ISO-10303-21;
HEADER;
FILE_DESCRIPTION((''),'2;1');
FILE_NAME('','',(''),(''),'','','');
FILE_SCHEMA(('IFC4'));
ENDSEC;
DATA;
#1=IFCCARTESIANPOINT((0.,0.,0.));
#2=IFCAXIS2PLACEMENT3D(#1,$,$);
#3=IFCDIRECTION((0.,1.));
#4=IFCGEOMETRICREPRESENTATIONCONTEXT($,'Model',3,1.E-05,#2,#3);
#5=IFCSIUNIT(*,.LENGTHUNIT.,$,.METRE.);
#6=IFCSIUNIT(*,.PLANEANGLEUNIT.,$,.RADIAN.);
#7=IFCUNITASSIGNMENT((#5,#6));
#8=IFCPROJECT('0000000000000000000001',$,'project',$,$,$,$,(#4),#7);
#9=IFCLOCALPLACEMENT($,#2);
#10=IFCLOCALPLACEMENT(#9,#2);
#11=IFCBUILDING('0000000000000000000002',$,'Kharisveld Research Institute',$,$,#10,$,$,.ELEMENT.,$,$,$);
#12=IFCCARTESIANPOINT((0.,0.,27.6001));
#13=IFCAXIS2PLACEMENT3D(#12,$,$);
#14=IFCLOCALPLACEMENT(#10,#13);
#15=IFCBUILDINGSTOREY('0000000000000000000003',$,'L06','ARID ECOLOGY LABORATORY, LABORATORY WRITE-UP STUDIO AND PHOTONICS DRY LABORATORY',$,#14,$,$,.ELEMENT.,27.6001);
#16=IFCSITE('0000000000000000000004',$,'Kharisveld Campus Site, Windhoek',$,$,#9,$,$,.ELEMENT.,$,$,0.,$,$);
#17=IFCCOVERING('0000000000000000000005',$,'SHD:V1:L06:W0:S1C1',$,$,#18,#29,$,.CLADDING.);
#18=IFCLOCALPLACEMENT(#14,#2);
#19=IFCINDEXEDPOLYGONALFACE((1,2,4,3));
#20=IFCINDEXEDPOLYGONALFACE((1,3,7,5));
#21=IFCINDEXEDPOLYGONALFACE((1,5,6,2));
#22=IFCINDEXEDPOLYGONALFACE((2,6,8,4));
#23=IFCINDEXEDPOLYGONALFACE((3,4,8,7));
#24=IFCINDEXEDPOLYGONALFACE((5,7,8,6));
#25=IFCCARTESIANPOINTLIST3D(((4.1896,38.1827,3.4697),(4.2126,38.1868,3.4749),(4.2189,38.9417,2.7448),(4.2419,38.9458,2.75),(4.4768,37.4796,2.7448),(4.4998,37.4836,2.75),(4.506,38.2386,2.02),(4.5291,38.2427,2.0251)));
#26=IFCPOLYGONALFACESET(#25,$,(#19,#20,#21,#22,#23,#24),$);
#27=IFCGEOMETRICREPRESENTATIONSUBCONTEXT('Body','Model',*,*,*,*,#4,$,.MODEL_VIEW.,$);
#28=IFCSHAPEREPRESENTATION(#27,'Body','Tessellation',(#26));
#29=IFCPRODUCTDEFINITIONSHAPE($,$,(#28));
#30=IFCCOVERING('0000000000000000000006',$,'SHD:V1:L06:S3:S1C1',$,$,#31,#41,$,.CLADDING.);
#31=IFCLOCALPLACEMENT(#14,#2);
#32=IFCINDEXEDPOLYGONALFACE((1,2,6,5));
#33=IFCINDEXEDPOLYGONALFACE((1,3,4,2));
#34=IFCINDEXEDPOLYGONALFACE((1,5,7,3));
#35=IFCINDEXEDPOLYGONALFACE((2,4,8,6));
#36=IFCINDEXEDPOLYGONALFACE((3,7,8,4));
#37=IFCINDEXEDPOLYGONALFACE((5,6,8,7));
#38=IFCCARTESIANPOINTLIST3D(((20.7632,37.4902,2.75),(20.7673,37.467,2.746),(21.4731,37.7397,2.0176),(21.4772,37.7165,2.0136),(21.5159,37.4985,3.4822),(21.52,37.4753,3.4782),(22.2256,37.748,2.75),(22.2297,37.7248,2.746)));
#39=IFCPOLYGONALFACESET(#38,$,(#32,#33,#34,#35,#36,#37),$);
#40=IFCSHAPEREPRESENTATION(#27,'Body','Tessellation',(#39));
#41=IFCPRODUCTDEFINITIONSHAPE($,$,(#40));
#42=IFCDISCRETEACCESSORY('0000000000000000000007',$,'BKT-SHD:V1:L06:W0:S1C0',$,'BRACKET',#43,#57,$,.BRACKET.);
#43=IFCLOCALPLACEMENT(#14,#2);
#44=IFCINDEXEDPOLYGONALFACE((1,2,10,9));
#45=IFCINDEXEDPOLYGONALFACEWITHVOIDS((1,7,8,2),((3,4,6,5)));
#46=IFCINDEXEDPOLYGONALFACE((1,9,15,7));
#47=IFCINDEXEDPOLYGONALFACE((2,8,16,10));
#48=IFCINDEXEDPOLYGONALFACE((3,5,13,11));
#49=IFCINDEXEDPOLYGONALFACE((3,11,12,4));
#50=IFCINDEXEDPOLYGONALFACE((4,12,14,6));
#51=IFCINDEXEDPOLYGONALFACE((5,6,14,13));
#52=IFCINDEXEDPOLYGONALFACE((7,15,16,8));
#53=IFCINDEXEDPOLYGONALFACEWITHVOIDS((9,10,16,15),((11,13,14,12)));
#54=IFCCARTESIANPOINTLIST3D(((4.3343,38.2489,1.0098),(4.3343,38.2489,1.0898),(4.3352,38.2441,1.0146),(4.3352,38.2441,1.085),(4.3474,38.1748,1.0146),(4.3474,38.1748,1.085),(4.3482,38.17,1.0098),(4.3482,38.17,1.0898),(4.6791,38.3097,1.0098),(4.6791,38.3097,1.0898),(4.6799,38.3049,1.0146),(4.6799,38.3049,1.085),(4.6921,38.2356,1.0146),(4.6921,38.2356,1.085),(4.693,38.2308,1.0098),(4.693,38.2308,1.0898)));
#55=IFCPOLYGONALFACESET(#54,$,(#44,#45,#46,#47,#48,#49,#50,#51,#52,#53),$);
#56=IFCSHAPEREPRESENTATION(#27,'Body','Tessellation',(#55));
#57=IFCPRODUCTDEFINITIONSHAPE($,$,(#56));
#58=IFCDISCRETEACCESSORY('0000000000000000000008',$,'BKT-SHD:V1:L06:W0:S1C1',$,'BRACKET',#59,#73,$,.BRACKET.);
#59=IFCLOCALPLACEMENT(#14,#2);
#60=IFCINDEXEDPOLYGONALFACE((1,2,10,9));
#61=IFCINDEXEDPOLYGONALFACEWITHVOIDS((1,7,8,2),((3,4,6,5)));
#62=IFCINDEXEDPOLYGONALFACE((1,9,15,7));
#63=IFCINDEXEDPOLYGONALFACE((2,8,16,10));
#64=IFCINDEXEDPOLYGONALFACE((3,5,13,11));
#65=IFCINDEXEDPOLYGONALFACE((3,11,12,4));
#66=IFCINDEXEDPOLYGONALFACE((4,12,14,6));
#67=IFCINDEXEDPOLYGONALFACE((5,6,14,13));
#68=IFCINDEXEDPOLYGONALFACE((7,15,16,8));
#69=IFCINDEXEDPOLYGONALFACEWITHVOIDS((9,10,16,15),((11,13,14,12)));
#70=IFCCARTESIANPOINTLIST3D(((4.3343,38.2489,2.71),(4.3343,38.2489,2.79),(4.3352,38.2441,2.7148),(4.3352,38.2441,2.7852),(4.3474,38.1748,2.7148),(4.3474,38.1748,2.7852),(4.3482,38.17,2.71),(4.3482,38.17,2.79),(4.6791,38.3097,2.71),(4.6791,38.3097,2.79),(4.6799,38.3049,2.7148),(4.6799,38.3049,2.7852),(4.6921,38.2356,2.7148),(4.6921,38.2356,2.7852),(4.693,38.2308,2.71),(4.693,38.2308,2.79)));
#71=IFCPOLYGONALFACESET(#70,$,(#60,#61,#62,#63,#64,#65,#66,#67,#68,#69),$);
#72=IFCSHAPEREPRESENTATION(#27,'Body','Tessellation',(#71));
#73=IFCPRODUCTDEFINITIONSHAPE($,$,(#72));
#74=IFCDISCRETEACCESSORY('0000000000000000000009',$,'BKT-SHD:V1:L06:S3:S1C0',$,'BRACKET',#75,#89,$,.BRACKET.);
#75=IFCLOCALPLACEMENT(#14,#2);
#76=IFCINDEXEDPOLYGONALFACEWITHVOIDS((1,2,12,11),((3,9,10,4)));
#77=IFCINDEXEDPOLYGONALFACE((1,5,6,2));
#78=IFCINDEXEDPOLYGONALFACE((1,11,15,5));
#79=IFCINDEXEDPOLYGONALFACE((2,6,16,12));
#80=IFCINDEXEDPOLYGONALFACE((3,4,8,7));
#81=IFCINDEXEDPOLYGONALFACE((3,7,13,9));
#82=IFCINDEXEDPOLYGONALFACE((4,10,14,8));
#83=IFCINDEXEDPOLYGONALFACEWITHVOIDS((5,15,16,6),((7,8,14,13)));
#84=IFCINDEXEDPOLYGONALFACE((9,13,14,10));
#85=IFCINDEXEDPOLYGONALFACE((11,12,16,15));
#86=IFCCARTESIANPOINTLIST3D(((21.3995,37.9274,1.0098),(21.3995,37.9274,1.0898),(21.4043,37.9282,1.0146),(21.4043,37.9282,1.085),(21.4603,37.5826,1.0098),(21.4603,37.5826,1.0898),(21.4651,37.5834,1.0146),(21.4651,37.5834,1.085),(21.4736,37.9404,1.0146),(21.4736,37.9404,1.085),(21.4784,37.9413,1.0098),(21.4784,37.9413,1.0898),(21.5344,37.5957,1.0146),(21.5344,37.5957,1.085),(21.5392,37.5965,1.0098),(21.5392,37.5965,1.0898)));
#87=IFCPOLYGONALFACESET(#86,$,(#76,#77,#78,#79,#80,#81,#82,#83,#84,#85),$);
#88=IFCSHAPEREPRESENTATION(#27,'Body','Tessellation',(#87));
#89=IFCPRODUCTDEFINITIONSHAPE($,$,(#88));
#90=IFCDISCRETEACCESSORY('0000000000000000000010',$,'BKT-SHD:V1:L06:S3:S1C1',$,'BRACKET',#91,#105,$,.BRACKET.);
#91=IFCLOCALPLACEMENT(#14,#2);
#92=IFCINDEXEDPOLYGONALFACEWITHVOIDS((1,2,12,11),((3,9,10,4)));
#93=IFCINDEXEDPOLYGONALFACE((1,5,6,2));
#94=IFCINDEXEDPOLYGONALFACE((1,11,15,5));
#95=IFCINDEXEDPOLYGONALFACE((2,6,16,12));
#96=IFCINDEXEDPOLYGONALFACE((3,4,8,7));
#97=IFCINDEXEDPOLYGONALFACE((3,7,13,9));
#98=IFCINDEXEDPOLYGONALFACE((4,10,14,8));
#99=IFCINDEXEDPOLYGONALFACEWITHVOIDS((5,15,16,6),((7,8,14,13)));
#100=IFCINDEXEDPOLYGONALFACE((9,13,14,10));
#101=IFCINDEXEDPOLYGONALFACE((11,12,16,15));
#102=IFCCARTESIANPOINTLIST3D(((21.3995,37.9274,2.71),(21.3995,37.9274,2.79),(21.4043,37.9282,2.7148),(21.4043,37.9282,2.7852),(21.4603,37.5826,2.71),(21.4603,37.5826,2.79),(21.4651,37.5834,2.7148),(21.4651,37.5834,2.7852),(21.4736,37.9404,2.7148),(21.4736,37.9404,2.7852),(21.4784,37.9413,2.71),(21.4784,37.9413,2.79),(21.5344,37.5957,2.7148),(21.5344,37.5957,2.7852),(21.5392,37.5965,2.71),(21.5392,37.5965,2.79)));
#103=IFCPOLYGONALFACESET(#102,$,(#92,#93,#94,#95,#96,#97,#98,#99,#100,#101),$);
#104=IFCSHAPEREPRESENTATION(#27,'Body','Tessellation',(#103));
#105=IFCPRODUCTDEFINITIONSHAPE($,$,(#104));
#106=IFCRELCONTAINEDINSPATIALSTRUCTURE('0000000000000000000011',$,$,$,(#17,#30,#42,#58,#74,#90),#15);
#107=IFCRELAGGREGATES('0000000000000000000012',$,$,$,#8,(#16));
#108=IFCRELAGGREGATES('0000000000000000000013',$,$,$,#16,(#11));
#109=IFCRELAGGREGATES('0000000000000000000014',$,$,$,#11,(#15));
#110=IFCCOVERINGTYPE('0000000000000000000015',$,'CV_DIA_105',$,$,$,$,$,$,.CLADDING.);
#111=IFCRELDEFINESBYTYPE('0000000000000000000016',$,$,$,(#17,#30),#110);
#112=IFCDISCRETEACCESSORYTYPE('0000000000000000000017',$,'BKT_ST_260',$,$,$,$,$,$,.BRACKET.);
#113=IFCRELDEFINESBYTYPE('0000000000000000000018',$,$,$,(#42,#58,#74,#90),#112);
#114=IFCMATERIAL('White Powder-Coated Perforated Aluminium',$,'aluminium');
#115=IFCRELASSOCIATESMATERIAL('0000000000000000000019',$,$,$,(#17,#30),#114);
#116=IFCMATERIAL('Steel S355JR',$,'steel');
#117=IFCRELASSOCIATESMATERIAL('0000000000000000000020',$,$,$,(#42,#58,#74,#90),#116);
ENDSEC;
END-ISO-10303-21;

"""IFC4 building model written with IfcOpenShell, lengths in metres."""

from ifc_helpers import new_model, si_unit, direction, frame, origin, origin_2d, place, context, subcontext, project, spatial, polyline, hollow_rectangle, outline, extrude, material, type_object, element, save


model = new_model("IFC4")

# Units and contexts
model_context = context("Model", 3, precision=1e-05, world=origin(), true_north=direction((0.0, 1.0)))
body_context = subcontext(model_context, "Body", "Model", "MODEL_VIEW")
ifc_project = project(units=[si_unit("LENGTHUNIT", "METRE"), si_unit("PLANEANGLEUNIT", "RADIAN")], contexts=[model_context])

# Site, building, storey
site_placement = place(None, origin())
site = spatial("IfcSite", under=ifc_project, at=site_placement, Name="Kharisveld Campus Site, Windhoek", CompositionType="ELEMENT", RefElevation=0.0)
building_placement = place(site_placement, origin())
building = spatial("IfcBuilding", under=site, at=building_placement, Name="Kharisveld Research Institute", CompositionType="ELEMENT")
storey_placement = place(building_placement, frame((0.0, 0.0, 27.6001)))
storey = spatial("IfcBuildingStorey", under=building, at=storey_placement, Name="L06", Description="ARID ECOLOGY LABORATORY, LABORATORY WRITE-UP STUDIO AND PHOTONICS DRY LABORATORY", CompositionType="ELEMENT", Elevation=27.6001)

# Coverings
ifc_material_1 = material(Name="White Powder-Coated Perforated Aluminium", Category="aluminium")
covering_type = type_object("IfcCoveringType", Name="CV_DIA_105", PredefinedType="CLADDING")
for number, where, z_axis, x_axis, name in (
    (1, (4.5291, 38.2427, 2.0251), (0.961476, 0.169531, 0.216385), (-0.273471, 0.669725, 0.690421), "SHD:V1:L06:W0:S1C1"),
):
    element("IfcCovering", number, at=place(storey_placement, frame(where, z_axis=z_axis, x_axis=x_axis)), inside=storey, type_object=covering_type, material=ifc_material_1, Name=name, PredefinedType="CLADDING", context=body_context, shape_type="SweptSolid", body=[
        extrude(outline(polyline([(0.0, 0.0), (1.0499, 0.0), (1.05, 1.05), (0.0001, 1.05), (0.0, 0.0)])), origin(), (0.0, 0.0, -1.0), 0.0239),
    ])
covering_placement = place(storey_placement, frame((21.4731, 37.7397, 2.0176), z_axis=(-0.171238, 0.971321, 0.164966), x_axis=(-0.676072, -0.237642, 0.697462)))
element("IfcCovering", 2, at=covering_placement, inside=storey, type_object=covering_type, material=ifc_material_1, Name="SHD:V1:L06:S3:S1C1", PredefinedType="CLADDING", context=body_context, shape_type="SweptSolid", body=[
    extrude(outline(polyline([(0.0, 0.0), (1.0501, 0.0), (1.0499, 1.0501), (0.0002, 1.0501), (0.0, 0.0)])), origin(), (0.0, 0.0, -1.0), 0.0239),
])

# Discrete accessories
ifc_material_2 = material(Name="Steel S355JR", Category="steel")
discrete_accessory_type = type_object("IfcDiscreteAccessoryType", Name="BKT_ST_260", PredefinedType="BRACKET")
for number, where, z_axis, x_axis, name in (
    (3, (4.686, 38.2703, 1.0498), (-0.984805, -0.173666, 0.0), (0.173666, -0.984805, 0.0), "BKT-SHD:V1:L06:W0:S1C0"),
    (4, (4.686, 38.2703, 2.75), (-0.984805, -0.173666, 0.0), (0.173666, -0.984805, 0.0), "BKT-SHD:V1:L06:W0:S1C1"),
    (5, (21.439, 37.9343, 1.0498), (0.173666, -0.984805, 0.0), (0.984805, 0.173666, 0.0), "BKT-SHD:V1:L06:S3:S1C0"),
    (6, (21.439, 37.9343, 2.75), (0.173666, -0.984805, 0.0), (0.984805, 0.173666, 0.0), "BKT-SHD:V1:L06:S3:S1C1"),
):
    element("IfcDiscreteAccessory", number, at=place(storey_placement, frame(where, z_axis=z_axis, x_axis=x_axis)), inside=storey, type_object=discrete_accessory_type, material=ifc_material_2, Name=name, ObjectType="BRACKET", PredefinedType="BRACKET", context=body_context, shape_type="SweptSolid", body=[
        extrude(hollow_rectangle(XDim=0.0801, YDim=0.0801, WallThickness=0.0049, at=origin_2d()), origin(), (0.0, 0.0, 1.0), 0.3501),
    ])

save(model, "model.ifc")
